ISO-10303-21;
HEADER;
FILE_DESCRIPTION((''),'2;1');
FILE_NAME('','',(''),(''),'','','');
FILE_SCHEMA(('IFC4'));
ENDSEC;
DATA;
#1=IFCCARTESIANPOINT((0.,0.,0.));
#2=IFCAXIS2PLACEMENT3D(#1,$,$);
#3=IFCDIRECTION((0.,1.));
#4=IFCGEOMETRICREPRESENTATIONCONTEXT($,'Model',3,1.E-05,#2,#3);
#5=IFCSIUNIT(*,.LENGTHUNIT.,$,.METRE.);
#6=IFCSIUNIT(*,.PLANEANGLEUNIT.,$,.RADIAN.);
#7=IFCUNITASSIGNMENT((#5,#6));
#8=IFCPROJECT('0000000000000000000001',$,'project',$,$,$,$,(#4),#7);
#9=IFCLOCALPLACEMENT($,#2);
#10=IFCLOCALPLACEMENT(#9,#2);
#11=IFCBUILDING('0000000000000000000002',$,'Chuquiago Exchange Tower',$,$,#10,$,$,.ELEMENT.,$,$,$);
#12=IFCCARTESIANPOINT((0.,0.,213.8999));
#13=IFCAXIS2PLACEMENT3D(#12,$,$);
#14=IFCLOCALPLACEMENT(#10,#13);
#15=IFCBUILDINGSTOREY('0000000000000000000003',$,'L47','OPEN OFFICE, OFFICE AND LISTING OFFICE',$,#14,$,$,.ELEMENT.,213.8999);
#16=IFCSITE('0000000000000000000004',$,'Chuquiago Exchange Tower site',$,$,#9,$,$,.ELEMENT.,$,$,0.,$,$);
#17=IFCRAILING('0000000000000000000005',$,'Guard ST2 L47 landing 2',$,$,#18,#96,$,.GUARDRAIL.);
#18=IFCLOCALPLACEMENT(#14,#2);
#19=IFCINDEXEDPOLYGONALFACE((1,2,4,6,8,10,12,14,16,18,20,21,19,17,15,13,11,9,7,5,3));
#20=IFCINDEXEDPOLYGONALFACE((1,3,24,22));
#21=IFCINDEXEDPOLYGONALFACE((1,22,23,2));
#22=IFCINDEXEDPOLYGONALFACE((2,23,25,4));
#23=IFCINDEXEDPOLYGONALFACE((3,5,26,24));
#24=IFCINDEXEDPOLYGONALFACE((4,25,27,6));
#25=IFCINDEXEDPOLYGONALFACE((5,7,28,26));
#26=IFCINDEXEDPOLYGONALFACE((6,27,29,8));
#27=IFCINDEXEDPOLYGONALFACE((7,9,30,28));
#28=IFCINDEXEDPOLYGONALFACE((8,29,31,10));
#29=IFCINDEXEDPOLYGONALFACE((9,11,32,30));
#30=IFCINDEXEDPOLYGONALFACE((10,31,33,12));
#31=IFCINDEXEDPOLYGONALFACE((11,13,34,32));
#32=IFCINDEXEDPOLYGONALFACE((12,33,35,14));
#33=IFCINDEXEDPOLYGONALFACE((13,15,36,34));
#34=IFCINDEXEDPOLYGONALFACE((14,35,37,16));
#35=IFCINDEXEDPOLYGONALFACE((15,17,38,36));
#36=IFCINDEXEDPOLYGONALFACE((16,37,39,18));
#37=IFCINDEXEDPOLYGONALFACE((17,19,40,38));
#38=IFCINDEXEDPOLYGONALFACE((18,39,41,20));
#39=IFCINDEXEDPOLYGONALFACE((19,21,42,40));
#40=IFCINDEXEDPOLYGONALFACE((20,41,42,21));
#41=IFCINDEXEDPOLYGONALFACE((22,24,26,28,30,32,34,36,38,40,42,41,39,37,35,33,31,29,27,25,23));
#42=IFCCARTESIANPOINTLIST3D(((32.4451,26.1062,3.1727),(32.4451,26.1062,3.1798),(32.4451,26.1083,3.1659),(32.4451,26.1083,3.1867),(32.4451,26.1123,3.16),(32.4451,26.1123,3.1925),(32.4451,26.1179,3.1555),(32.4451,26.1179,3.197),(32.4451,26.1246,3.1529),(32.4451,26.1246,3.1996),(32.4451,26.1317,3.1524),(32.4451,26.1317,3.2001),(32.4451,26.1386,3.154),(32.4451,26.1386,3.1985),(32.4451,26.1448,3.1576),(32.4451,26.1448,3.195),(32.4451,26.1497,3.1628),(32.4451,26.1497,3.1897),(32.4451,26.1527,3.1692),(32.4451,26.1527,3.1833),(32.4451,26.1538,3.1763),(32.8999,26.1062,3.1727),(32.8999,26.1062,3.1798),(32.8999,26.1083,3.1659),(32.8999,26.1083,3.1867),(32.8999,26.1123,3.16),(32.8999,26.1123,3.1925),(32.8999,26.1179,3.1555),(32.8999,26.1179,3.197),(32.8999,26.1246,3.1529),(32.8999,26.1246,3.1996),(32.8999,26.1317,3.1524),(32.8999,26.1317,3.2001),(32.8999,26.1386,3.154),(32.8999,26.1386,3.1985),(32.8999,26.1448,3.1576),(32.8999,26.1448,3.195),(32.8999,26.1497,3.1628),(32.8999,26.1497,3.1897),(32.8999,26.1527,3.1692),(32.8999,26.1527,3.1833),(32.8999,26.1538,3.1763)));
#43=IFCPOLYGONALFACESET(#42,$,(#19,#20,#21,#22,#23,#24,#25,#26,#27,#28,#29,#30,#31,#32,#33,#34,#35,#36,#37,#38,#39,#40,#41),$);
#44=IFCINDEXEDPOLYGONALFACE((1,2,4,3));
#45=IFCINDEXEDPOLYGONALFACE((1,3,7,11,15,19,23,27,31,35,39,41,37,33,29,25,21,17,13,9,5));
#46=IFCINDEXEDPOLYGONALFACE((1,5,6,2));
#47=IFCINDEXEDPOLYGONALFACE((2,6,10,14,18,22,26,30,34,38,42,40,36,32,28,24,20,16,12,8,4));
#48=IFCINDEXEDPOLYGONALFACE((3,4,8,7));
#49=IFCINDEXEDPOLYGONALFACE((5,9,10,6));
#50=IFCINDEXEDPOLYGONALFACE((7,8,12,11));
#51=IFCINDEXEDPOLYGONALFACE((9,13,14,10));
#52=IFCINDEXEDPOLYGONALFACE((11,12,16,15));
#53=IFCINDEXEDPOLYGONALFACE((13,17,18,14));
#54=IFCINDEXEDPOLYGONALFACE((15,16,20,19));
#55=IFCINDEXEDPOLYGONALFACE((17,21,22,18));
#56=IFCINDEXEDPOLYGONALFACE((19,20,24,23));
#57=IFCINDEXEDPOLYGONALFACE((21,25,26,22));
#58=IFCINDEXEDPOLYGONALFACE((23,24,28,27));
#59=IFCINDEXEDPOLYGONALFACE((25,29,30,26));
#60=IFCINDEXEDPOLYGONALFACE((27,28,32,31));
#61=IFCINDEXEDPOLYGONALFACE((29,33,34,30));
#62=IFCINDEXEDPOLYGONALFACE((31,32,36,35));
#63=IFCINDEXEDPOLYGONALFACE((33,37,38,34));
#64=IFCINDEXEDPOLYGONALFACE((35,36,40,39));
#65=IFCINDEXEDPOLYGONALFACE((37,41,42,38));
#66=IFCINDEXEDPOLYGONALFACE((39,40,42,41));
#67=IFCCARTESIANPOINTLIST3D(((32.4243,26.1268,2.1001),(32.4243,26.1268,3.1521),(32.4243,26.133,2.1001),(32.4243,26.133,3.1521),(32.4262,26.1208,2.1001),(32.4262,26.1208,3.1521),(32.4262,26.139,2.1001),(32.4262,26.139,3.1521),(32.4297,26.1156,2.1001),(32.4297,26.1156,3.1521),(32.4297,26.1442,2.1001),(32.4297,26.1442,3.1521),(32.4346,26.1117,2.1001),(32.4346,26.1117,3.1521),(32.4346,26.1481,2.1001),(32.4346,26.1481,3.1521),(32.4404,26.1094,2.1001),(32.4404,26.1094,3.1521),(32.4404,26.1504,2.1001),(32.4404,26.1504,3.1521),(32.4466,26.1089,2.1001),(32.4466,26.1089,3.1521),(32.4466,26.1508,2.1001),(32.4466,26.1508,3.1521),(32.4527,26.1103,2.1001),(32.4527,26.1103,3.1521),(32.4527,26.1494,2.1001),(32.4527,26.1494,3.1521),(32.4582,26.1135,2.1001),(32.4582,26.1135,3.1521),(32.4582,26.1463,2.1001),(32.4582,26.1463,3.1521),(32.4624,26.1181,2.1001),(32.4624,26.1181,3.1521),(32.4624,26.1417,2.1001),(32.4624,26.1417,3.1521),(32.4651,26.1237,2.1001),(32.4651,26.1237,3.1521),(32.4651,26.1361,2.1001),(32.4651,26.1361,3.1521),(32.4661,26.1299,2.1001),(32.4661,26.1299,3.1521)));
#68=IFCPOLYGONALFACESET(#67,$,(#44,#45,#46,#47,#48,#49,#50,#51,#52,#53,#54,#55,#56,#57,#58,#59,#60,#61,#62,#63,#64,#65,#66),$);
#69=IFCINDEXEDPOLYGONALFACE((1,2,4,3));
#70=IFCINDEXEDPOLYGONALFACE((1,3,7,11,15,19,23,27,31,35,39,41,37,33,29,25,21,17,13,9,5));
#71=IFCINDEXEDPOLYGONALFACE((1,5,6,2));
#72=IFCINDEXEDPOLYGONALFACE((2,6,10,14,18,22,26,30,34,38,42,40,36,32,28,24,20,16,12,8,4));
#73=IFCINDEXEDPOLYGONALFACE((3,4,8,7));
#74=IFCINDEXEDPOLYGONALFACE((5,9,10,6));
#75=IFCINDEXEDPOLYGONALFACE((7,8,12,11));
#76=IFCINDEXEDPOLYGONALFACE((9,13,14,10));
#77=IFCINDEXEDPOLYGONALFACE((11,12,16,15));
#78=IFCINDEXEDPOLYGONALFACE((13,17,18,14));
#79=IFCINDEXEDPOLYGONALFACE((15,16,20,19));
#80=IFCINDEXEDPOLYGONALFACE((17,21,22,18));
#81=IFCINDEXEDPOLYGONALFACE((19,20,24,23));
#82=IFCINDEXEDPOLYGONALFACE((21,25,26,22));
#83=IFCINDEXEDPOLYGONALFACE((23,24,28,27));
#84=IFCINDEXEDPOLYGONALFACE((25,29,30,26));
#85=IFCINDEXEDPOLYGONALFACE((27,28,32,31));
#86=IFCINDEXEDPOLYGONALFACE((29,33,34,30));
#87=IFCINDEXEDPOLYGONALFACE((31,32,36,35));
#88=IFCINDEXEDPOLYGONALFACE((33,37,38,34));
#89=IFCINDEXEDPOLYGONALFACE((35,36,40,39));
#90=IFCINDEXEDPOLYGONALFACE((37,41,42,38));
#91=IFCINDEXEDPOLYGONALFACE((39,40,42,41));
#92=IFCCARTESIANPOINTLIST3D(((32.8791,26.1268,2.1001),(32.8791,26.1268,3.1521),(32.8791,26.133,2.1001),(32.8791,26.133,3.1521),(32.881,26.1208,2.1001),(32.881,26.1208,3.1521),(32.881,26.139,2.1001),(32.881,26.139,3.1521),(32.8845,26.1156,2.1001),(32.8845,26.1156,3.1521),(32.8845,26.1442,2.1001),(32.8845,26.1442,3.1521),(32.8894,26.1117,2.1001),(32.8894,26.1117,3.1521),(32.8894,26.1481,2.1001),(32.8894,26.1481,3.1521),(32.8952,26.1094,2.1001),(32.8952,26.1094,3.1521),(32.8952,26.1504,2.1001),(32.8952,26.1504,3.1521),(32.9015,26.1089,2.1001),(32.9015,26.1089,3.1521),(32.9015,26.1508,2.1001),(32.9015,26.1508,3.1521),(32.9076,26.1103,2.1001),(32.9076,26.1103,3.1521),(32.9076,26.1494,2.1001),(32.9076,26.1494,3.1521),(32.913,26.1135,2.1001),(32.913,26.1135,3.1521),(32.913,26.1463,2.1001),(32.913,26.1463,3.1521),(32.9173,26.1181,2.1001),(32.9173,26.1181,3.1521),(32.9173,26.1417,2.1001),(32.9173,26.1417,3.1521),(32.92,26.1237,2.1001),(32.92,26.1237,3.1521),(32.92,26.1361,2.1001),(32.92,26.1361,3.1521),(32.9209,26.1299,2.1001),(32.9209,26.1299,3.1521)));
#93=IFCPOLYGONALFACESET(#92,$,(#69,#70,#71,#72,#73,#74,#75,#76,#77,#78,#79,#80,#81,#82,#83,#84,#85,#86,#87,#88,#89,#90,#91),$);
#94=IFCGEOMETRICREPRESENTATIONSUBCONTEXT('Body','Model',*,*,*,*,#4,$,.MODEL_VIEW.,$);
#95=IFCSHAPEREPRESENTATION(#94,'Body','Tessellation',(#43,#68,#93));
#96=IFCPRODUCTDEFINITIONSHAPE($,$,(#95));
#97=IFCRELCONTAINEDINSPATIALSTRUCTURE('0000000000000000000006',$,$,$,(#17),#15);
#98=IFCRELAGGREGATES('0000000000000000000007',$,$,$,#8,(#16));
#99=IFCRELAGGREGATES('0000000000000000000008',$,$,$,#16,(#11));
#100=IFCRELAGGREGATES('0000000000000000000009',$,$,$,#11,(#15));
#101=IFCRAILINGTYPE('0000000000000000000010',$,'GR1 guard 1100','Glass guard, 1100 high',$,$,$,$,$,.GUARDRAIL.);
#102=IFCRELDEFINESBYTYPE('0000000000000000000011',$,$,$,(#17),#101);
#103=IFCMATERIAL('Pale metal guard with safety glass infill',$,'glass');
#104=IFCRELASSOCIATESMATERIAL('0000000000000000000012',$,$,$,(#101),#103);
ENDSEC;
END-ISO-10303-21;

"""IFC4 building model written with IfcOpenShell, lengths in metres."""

from ifc_helpers import new_model, si_unit, direction, frame, origin, origin_2d, place, context, subcontext, project, spatial, circle, extrude, material, type_object, element, save


model = new_model("IFC4")

# Units and contexts
model_context = context("Model", 3, precision=1e-05, world=origin(), true_north=direction((0.0, 1.0)))
body_context = subcontext(model_context, "Body", "Model", "MODEL_VIEW")
ifc_project = project(units=[si_unit("LENGTHUNIT", "METRE"), si_unit("PLANEANGLEUNIT", "RADIAN")], contexts=[model_context])

# Site, building, storey
site_placement = place(None, origin())
site = spatial("IfcSite", under=ifc_project, at=site_placement, Name="Chuquiago Exchange Tower site", CompositionType="ELEMENT", RefElevation=0.0)
building_placement = place(site_placement, origin())
building = spatial("IfcBuilding", under=site, at=building_placement, Name="Chuquiago Exchange Tower", CompositionType="ELEMENT")
storey_placement = place(building_placement, frame((0.0, 0.0, 213.8999)))
storey = spatial("IfcBuildingStorey", under=building, at=storey_placement, Name="L47", Description="OPEN OFFICE, OFFICE AND LISTING OFFICE", CompositionType="ELEMENT", Elevation=213.8999)

# Railing
ifc_material_1 = material(Name="Pale metal guard with safety glass infill", Category="glass")
railing_type_1 = type_object("IfcRailingType", Name="GR1 guard 1100", Description="Glass guard, 1100 high", PredefinedType="GUARDRAIL", material=ifc_material_1)
railing_1_placement = place(storey_placement, frame((32.4451, 26.1299, 2.1001)))
element("IfcRailing", 1, at=railing_1_placement, inside=storey, type_object=railing_type_1, Name="Guard ST2 L47 landing 2", PredefinedType="GUARDRAIL", context=body_context, shape_type="SweptSolid", body=[
    extrude(circle(Radius=0.0239, at=origin_2d()), frame((0.0, 0.0, 1.0762), z_axis=(1.0, 0.0, 0.0), x_axis=(0.0, 1.0, 0.0)), (0.0, 0.0, 1.0), 0.4548),
    extrude(circle(Radius=0.021, at=origin_2d()), origin(), (0.0, 0.0, 1.0), 1.052),
    extrude(circle(Radius=0.021, at=origin_2d()), frame((0.4548, 0.0, 0.0)), (0.0, 0.0, 1.0), 1.052),
])

save(model, "model.ifc")
